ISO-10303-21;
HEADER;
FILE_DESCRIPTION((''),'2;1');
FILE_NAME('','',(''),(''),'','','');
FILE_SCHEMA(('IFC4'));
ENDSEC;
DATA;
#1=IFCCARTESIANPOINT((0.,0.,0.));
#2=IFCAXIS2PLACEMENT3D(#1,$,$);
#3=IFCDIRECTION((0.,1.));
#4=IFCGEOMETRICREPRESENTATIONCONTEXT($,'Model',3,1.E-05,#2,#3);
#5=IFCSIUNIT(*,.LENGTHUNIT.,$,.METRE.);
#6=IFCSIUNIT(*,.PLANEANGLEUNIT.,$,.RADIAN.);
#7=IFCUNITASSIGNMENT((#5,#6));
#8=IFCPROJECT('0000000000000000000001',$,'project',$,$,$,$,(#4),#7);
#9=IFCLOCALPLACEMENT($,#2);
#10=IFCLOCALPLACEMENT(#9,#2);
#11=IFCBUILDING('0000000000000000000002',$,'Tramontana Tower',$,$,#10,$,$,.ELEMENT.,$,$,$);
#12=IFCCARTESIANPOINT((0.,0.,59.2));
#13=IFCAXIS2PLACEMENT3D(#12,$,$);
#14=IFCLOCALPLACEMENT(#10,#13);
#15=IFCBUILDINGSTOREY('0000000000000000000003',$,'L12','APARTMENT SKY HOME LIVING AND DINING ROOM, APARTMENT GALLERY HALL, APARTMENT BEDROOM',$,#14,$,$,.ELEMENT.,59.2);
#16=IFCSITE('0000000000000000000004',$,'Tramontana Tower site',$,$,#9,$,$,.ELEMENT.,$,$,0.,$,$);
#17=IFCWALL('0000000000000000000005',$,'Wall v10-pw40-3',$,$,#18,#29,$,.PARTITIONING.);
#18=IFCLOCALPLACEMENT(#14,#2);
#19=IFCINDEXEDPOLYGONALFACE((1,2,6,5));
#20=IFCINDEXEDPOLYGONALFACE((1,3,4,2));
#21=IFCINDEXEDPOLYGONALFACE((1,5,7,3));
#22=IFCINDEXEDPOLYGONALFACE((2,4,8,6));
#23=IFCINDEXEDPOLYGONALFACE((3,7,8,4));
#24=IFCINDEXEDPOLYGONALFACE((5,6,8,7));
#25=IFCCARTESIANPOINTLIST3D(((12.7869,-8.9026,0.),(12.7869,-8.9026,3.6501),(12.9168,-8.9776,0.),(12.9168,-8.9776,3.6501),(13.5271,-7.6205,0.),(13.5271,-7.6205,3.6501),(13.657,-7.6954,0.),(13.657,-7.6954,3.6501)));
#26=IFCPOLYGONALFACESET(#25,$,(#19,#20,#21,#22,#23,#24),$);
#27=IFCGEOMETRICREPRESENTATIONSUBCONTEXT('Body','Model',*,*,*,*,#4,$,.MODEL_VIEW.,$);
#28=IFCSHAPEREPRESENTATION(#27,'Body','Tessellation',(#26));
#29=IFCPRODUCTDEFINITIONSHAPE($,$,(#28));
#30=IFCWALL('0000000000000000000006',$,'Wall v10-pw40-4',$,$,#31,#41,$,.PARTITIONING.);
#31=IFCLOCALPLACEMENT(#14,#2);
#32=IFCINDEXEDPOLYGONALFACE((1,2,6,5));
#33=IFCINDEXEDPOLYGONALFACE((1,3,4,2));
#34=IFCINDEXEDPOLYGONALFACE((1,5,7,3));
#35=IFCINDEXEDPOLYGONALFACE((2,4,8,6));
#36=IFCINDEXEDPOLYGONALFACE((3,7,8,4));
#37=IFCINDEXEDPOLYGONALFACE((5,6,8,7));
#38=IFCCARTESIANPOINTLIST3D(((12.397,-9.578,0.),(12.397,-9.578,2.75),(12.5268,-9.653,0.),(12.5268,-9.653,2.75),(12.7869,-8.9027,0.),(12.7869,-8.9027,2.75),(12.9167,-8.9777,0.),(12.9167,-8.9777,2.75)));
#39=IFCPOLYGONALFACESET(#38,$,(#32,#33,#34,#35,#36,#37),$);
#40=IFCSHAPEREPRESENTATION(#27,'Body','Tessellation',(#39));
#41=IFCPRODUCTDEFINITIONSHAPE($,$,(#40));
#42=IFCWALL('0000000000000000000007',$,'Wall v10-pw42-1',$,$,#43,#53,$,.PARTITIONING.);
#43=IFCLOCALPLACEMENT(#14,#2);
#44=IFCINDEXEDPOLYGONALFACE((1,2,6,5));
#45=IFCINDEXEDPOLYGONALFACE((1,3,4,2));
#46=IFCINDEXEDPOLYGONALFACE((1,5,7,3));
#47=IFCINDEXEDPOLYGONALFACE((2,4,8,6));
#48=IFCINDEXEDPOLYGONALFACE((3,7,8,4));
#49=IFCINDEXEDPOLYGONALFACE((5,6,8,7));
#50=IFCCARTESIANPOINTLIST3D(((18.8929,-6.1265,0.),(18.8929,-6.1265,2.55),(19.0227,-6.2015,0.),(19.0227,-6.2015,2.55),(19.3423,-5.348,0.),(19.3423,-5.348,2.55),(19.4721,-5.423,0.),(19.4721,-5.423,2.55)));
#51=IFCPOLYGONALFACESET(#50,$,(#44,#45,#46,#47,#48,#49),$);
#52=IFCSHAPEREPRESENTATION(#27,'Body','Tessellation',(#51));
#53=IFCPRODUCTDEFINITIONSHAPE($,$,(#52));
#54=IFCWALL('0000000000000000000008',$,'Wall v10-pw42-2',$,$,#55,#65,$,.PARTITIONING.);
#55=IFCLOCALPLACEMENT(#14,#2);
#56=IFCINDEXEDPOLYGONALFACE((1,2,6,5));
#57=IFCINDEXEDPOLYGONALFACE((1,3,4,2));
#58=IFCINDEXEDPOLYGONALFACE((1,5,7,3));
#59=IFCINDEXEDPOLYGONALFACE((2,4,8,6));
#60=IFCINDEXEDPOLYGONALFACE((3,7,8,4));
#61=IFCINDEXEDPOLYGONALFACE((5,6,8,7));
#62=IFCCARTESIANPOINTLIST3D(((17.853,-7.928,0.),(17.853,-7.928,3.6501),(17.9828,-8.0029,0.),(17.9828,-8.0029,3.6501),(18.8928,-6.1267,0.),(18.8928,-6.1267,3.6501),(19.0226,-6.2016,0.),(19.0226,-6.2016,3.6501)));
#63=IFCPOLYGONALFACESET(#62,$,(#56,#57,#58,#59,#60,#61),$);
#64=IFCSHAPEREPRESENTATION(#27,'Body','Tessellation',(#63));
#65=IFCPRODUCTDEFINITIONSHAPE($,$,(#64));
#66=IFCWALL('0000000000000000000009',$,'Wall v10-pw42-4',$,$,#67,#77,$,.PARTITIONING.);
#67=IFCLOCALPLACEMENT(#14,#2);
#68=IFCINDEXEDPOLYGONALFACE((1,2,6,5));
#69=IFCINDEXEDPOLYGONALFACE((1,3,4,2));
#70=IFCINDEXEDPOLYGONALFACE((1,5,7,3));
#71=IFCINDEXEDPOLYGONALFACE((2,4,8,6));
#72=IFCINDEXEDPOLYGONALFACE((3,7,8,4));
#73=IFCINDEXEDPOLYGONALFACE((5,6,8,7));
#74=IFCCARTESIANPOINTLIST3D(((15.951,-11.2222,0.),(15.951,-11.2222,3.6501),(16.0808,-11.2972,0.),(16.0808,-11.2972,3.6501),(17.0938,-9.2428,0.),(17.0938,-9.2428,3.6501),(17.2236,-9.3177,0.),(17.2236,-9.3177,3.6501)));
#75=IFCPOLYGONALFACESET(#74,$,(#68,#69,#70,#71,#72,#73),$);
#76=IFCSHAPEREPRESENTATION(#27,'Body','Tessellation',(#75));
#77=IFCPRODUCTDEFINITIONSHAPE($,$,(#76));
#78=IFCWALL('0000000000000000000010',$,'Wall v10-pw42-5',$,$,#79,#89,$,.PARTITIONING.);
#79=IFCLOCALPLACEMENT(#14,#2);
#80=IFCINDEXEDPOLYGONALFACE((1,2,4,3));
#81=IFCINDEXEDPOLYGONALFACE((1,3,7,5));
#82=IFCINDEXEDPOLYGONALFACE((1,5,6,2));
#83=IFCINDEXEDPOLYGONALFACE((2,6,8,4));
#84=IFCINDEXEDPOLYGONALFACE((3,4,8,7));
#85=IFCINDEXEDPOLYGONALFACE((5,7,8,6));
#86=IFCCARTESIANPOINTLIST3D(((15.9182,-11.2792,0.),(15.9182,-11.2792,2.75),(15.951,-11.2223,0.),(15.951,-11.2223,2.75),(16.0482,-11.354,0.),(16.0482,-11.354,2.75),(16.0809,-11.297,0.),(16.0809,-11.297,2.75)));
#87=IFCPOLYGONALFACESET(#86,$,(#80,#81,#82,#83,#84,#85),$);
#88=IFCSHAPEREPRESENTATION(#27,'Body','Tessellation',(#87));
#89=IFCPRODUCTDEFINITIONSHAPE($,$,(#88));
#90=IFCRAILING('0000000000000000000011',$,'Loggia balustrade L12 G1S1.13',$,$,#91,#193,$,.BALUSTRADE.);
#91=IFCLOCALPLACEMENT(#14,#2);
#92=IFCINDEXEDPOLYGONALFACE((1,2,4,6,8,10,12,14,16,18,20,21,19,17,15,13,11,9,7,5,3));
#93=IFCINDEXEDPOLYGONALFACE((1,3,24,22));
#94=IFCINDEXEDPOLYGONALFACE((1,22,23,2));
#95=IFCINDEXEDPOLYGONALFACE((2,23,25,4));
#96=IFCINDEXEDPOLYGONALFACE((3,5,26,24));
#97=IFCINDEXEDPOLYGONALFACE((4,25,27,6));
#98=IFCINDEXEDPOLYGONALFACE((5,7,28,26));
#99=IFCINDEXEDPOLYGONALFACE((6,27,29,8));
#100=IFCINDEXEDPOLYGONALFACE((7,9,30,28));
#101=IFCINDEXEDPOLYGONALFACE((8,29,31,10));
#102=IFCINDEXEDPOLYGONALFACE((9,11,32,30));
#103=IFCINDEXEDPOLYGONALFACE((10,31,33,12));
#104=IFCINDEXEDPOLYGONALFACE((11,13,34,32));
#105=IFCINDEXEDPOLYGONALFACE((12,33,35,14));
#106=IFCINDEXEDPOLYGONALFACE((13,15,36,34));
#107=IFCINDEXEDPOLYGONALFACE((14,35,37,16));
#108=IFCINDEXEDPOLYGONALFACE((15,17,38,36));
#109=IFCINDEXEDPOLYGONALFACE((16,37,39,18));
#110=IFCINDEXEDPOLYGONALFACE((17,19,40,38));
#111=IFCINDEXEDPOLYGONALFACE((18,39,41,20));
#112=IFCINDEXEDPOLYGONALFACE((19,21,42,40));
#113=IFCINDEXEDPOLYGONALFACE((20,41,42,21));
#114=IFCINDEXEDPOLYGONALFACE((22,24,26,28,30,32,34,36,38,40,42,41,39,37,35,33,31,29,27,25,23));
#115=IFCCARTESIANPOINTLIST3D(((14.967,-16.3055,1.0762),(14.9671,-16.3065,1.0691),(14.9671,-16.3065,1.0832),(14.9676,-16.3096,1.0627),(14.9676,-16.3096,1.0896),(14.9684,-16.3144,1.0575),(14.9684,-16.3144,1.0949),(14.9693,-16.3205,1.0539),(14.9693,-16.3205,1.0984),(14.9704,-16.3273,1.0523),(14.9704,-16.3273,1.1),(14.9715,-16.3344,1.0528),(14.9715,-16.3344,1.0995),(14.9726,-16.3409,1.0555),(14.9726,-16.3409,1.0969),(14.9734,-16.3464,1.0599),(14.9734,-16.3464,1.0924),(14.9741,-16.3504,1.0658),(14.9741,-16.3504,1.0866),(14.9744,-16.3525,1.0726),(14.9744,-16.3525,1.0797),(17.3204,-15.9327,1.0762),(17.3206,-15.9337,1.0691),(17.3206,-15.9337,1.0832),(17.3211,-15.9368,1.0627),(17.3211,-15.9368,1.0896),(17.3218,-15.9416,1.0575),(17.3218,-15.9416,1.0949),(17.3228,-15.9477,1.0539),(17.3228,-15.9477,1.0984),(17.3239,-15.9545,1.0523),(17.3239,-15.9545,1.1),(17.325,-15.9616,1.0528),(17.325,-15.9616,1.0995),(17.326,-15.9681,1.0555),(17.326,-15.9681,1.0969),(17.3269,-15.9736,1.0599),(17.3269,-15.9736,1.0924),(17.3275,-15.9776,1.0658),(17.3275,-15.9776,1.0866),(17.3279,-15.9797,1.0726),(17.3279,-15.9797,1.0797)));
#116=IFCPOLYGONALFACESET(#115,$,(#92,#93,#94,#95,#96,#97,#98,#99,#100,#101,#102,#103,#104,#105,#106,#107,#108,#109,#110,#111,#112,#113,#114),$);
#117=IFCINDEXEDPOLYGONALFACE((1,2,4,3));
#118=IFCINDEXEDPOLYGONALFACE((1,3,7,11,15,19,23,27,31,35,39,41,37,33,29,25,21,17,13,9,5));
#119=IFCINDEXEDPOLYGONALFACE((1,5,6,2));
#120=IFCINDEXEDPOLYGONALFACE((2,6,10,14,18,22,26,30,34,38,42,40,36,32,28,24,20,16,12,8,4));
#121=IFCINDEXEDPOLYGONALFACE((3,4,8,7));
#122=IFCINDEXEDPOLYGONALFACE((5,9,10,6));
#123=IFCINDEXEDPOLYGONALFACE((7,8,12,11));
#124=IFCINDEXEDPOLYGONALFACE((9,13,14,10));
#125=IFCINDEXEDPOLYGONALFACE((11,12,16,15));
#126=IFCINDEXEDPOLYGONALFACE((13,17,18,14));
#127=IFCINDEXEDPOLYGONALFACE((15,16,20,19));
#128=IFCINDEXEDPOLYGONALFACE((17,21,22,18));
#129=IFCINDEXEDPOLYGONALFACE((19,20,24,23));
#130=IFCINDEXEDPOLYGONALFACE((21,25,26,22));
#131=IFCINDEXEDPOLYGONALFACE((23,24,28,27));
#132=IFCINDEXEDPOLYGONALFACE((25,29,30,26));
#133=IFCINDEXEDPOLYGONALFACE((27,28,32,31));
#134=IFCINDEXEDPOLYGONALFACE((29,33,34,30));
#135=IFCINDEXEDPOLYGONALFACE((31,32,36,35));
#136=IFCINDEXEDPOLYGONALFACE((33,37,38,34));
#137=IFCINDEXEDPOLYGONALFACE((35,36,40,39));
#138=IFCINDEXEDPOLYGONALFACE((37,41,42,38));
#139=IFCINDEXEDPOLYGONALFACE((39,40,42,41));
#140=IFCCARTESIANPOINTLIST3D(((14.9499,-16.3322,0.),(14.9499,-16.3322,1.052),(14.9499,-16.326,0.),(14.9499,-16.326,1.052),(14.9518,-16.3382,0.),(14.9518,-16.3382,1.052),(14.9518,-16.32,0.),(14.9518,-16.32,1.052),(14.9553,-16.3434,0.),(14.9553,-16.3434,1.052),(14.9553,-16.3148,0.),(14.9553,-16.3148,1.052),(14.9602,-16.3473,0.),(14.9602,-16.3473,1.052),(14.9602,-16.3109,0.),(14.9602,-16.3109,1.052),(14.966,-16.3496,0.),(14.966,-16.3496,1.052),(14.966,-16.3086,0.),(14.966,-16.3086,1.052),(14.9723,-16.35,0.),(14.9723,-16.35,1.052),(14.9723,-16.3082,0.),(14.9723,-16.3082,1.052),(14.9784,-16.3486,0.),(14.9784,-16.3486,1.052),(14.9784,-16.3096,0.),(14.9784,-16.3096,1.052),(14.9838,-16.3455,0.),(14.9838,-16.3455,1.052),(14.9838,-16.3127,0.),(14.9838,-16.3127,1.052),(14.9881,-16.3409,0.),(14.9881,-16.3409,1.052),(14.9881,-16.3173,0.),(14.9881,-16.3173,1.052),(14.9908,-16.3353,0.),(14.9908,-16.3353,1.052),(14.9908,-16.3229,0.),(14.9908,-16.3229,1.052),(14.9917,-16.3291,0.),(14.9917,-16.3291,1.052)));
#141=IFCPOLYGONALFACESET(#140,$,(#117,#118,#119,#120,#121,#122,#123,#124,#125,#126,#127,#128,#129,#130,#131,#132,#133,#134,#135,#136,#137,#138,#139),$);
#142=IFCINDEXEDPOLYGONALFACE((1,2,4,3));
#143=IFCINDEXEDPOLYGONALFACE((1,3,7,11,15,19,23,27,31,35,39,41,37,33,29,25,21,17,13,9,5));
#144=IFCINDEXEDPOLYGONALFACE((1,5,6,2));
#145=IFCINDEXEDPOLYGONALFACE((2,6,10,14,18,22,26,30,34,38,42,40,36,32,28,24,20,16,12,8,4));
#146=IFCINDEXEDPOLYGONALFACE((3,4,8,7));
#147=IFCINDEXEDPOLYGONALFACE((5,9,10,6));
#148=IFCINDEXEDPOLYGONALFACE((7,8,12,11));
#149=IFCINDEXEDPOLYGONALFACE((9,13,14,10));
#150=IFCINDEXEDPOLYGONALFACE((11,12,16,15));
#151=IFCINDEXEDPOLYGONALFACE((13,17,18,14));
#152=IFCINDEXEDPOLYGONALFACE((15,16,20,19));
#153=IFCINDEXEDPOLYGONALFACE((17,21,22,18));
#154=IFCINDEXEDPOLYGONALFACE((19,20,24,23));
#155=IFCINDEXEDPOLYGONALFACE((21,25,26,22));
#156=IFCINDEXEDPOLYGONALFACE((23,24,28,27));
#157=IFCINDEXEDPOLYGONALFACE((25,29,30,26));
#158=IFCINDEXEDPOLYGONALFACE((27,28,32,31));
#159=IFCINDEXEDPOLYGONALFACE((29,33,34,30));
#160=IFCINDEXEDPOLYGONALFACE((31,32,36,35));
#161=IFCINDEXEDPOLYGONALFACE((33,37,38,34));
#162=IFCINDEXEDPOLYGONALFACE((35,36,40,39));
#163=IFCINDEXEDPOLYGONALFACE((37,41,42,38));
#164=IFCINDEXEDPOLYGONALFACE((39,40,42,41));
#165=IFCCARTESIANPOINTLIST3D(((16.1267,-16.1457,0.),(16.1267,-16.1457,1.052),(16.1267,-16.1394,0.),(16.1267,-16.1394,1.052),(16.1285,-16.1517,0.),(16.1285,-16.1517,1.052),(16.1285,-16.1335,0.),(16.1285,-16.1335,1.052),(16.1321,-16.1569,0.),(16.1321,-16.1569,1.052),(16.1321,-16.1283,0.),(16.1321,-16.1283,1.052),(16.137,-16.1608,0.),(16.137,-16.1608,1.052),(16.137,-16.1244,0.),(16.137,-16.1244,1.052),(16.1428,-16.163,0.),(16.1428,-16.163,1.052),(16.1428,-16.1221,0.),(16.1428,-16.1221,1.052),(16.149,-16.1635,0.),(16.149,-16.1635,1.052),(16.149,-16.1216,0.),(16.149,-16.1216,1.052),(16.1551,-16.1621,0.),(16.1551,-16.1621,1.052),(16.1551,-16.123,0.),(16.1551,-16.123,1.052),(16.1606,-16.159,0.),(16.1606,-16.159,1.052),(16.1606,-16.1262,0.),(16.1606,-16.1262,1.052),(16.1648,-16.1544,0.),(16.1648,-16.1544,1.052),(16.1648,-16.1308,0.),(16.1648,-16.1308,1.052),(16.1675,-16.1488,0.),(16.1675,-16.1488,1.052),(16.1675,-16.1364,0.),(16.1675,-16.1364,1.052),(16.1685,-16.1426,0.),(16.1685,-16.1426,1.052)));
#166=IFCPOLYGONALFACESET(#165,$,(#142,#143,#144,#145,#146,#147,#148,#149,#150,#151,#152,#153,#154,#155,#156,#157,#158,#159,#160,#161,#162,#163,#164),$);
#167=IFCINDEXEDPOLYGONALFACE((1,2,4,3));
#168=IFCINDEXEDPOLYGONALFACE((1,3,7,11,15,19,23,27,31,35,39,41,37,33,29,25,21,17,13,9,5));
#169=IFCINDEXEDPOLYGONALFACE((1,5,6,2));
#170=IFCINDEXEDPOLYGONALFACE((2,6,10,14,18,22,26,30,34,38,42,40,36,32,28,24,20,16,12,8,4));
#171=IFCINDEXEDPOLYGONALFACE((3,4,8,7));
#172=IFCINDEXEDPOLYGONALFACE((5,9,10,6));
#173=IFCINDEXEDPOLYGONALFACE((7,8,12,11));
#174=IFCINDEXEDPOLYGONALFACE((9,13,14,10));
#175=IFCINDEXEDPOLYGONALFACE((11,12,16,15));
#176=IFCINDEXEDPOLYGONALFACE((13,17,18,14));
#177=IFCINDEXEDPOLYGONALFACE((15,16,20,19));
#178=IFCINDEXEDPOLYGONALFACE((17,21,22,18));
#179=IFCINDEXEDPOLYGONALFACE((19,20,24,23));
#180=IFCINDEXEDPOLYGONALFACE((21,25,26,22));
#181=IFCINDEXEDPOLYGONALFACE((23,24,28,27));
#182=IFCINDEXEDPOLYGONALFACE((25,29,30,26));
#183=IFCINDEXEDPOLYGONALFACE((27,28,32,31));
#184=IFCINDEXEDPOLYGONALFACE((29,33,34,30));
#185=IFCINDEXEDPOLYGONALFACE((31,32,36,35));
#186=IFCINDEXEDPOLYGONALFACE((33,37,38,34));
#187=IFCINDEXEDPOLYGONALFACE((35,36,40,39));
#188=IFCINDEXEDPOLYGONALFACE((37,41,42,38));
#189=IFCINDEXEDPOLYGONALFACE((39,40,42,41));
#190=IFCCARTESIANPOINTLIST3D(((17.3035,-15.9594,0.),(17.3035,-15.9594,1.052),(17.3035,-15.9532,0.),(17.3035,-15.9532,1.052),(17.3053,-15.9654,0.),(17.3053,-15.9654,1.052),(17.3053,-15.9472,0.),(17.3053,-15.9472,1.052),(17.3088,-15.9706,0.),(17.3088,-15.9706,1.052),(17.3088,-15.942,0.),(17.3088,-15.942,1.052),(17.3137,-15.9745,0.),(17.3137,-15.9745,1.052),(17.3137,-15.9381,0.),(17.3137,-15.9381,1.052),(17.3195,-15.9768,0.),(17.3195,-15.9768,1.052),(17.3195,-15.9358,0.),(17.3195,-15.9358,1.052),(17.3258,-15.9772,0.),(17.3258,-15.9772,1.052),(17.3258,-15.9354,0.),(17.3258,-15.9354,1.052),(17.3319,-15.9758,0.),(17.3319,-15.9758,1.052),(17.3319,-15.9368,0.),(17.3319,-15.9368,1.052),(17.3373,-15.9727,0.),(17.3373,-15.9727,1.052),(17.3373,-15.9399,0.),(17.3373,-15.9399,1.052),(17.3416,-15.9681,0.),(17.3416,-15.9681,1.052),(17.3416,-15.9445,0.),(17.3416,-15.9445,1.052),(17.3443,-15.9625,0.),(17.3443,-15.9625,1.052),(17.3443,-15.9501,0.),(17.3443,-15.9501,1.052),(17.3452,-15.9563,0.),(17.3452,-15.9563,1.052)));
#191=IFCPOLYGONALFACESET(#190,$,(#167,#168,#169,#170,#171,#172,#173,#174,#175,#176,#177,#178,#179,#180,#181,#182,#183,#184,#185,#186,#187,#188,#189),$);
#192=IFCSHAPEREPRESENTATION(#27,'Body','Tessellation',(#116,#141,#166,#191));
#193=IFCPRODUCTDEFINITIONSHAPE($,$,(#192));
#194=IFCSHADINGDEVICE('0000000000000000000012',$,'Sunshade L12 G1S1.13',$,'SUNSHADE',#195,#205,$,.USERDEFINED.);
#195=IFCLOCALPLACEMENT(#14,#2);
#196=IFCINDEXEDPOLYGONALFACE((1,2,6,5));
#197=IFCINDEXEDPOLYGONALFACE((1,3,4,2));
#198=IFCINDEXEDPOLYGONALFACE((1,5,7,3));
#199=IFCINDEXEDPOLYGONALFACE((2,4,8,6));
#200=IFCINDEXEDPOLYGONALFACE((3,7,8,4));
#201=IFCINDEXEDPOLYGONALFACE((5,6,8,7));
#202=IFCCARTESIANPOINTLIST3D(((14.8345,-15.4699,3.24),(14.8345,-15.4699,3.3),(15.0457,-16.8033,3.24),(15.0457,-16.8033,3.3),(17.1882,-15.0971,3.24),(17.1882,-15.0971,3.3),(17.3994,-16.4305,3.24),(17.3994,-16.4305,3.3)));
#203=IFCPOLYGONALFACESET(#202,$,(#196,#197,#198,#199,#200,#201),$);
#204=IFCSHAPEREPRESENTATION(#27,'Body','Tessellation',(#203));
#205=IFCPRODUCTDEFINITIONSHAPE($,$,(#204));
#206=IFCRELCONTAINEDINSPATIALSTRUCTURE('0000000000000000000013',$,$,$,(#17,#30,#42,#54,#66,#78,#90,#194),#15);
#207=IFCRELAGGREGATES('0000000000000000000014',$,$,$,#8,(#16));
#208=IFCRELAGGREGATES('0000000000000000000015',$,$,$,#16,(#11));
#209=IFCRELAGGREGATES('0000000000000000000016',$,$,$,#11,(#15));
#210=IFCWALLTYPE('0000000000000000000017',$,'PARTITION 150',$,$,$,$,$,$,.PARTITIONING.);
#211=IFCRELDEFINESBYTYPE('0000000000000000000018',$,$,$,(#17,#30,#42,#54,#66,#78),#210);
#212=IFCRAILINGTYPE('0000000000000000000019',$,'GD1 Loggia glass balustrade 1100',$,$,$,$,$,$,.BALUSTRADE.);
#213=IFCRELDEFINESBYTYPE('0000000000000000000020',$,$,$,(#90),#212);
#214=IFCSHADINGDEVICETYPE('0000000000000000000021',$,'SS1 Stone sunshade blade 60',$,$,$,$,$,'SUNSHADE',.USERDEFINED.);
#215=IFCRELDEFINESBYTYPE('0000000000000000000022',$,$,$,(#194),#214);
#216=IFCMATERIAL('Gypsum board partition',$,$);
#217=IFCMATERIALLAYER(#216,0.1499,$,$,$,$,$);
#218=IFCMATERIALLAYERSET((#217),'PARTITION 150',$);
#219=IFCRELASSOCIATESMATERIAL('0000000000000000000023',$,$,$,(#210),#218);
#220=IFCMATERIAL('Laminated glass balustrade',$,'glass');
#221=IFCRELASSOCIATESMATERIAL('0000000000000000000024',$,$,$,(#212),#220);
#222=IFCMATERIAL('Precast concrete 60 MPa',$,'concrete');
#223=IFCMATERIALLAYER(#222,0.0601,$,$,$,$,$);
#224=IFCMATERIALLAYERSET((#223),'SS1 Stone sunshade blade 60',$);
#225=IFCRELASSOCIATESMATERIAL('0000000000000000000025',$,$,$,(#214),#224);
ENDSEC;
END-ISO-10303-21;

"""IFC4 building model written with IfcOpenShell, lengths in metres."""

from ifc_helpers import new_model, si_unit, direction, frame, frame_2d, origin, origin_2d, place, context, subcontext, project, spatial, rectangle, circle, extrude, material, layer, layer_set, type_object, element, save


model = new_model("IFC4")

# Units and contexts
model_context = context("Model", 3, precision=1e-05, world=origin(), true_north=direction((0.0, 1.0)))
body_context = subcontext(model_context, "Body", "Model", "MODEL_VIEW")
ifc_project = project(units=[si_unit("LENGTHUNIT", "METRE"), si_unit("PLANEANGLEUNIT", "RADIAN")], contexts=[model_context])

# Site, building, storey
site_placement = place(None, origin())
site = spatial("IfcSite", under=ifc_project, at=site_placement, Name="Tramontana Tower site", CompositionType="ELEMENT", RefElevation=0.0)
building_placement = place(site_placement, origin())
building = spatial("IfcBuilding", under=site, at=building_placement, Name="Tramontana Tower", CompositionType="ELEMENT")
storey_placement = place(building_placement, frame((0.0, 0.0, 59.2)))
storey = spatial("IfcBuildingStorey", under=building, at=storey_placement, Name="L12", Description="APARTMENT SKY HOME LIVING AND DINING ROOM, APARTMENT GALLERY HALL, APARTMENT BEDROOM", CompositionType="ELEMENT", Elevation=59.2)

# Shared definitions
ifc_material_1 = material(Name="Gypsum board partition")
ifc_layer_1 = layer(ifc_material_1, 0.1499)
ifc_layer_set_1 = layer_set([ifc_layer_1], Name="PARTITION 150")
wall_type_1 = type_object("IfcWallType", Name="PARTITION 150", PredefinedType="PARTITIONING", material=ifc_layer_set_1)

# Walls
wall_1_placement = place(storey_placement, frame((13.592, -7.658, 0.0), z_axis=(0.0, 0.0, 1.0), x_axis=(-0.49997, -0.866043, 0.0)))
element("IfcWall", 1, at=wall_1_placement, inside=storey, type_object=wall_type_1, Name="Wall v10-pw40-3", PredefinedType="PARTITIONING", context=body_context, shape_type="SweptSolid", body=[
    extrude(rectangle(XDim=1.4805, YDim=0.1499, at=frame_2d((0.7402, 0.0))), origin(), (0.0, 0.0, 1.0), 3.6501),
])
wall_2_placement = place(storey_placement, frame((12.8518, -8.9402, 0.0), z_axis=(0.0, 0.0, 1.0), x_axis=(-0.500012, -0.866019, 0.0)))
element("IfcWall", 2, at=wall_2_placement, inside=storey, type_object=wall_type_1, Name="Wall v10-pw40-4", PredefinedType="PARTITIONING", context=body_context, shape_type="SweptSolid", body=[
    extrude(rectangle(XDim=0.7798, YDim=0.1499, at=frame_2d((0.3899, 0.0))), origin(), (0.0, 0.0, 1.0), 2.75),
])

# Walls
wall_3_placement = place(storey_placement, frame((19.4072, -5.3855, 0.0), z_axis=(0.0, 0.0, 1.0), x_axis=(-0.499965, -0.866045, 0.0)))
element("IfcWall", 3, at=wall_3_placement, inside=storey, type_object=wall_type_1, Name="Wall v10-pw42-1", PredefinedType="PARTITIONING", context=body_context, shape_type="SweptSolid", body=[
    extrude(rectangle(XDim=0.8989, YDim=0.1499, at=frame_2d((0.4495, 0.0))), origin(), (0.0, 0.0, 1.0), 2.55),
])
wall_4_placement = place(storey_placement, frame((18.9578, -6.1641, 0.0), z_axis=(0.0, 0.0, 1.0), x_axis=(-0.499939, -0.86606, 0.0)))
element("IfcWall", 4, at=wall_4_placement, inside=storey, type_object=wall_type_1, Name="Wall v10-pw42-2", PredefinedType="PARTITIONING", context=body_context, shape_type="SweptSolid", body=[
    extrude(rectangle(XDim=2.0798, YDim=0.1499, at=frame_2d((1.04, 0.0))), origin(), (0.0, 0.0, 1.0), 3.6501),
])

# Walls
wall_5_placement = place(storey_placement, frame((17.1587, -9.2803, 0.0), z_axis=(0.0, 0.0, 1.0), x_axis=(-0.499988, -0.866033, 0.0)))
element("IfcWall", 5, at=wall_5_placement, inside=storey, type_object=wall_type_1, Name="Wall v10-pw42-4", PredefinedType="PARTITIONING", context=body_context, shape_type="SweptSolid", body=[
    extrude(rectangle(XDim=2.2856, YDim=0.1499, at=frame_2d((1.1428, 0.0))), origin(), (0.0, 0.0, 1.0), 3.6501),
])
wall_6_placement = place(storey_placement, frame((16.0159, -11.2598, 0.0), z_axis=(0.0, 0.0, 1.0), x_axis=(-0.498541, -0.866866, 0.0)))
element("IfcWall", 6, at=wall_6_placement, inside=storey, type_object=wall_type_1, Name="Wall v10-pw42-5", PredefinedType="PARTITIONING", context=body_context, shape_type="SweptSolid", body=[
    extrude(rectangle(XDim=0.0657, YDim=0.1499, at=frame_2d((0.0327, 0.0))), origin(), (0.0, 0.0, 1.0), 2.75),
])

# Railing
ifc_material_2 = material(Name="Laminated glass balustrade", Category="glass")
railing_type = type_object("IfcRailingType", Name="GD1 Loggia glass balustrade 1100", PredefinedType="BALUSTRADE", material=ifc_material_2)
railing_placement = place(storey_placement, frame((14.9707, -16.3291, 0.0)))
element("IfcRailing", 7, at=railing_placement, inside=storey, type_object=railing_type, Name="Loggia balustrade L12 G1S1.13", PredefinedType="BALUSTRADE", context=body_context, shape_type="SweptSolid", body=[
    extrude(circle(Radius=0.0239, at=origin_2d()), frame((0.0, 0.0, 1.0762), z_axis=(0.987686, 0.156452, 0.0), x_axis=(-0.156452, 0.987686, 0.0)), (0.0, 0.0, 1.0), 2.3828),
    extrude(circle(Radius=0.021, at=origin_2d()), origin(), (0.0, 0.0, 1.0), 1.052),
    extrude(circle(Radius=0.021, at=origin_2d()), frame((1.1768, 0.1865, 0.0)), (0.0, 0.0, 1.0), 1.052),
    extrude(circle(Radius=0.021, at=origin_2d()), frame((2.3535, 0.3728, 0.0)), (0.0, 0.0, 1.0), 1.052),
])

# Shading device
ifc_material_3 = material(Name="Precast concrete 60 MPa", Category="concrete")
ifc_layer_2 = layer(ifc_material_3, 0.0601)
ifc_layer_set_2 = layer_set([ifc_layer_2], Name="SS1 Stone sunshade blade 60")
shading_device_type = type_object("IfcShadingDeviceType", Name="SS1 Stone sunshade blade 60", ElementType="SUNSHADE", PredefinedType="USERDEFINED", material=ifc_layer_set_2)
shading_device_placement = place(storey_placement, frame((16.1169, -15.9502, 3.24), z_axis=(0.0, 0.0, 1.0), x_axis=(0.987688, 0.156434, 0.0)))
element("IfcShadingDevice", 8, at=shading_device_placement, inside=storey, type_object=shading_device_type, Name="Sunshade L12 G1S1.13", ObjectType="SUNSHADE", PredefinedType="USERDEFINED", context=body_context, shape_type="SweptSolid", body=[
    extrude(rectangle(XDim=2.3831, YDim=1.3501, at=origin_2d()), origin(), (0.0, 0.0, 1.0), 0.0601),
])

save(model, "model.ifc")
